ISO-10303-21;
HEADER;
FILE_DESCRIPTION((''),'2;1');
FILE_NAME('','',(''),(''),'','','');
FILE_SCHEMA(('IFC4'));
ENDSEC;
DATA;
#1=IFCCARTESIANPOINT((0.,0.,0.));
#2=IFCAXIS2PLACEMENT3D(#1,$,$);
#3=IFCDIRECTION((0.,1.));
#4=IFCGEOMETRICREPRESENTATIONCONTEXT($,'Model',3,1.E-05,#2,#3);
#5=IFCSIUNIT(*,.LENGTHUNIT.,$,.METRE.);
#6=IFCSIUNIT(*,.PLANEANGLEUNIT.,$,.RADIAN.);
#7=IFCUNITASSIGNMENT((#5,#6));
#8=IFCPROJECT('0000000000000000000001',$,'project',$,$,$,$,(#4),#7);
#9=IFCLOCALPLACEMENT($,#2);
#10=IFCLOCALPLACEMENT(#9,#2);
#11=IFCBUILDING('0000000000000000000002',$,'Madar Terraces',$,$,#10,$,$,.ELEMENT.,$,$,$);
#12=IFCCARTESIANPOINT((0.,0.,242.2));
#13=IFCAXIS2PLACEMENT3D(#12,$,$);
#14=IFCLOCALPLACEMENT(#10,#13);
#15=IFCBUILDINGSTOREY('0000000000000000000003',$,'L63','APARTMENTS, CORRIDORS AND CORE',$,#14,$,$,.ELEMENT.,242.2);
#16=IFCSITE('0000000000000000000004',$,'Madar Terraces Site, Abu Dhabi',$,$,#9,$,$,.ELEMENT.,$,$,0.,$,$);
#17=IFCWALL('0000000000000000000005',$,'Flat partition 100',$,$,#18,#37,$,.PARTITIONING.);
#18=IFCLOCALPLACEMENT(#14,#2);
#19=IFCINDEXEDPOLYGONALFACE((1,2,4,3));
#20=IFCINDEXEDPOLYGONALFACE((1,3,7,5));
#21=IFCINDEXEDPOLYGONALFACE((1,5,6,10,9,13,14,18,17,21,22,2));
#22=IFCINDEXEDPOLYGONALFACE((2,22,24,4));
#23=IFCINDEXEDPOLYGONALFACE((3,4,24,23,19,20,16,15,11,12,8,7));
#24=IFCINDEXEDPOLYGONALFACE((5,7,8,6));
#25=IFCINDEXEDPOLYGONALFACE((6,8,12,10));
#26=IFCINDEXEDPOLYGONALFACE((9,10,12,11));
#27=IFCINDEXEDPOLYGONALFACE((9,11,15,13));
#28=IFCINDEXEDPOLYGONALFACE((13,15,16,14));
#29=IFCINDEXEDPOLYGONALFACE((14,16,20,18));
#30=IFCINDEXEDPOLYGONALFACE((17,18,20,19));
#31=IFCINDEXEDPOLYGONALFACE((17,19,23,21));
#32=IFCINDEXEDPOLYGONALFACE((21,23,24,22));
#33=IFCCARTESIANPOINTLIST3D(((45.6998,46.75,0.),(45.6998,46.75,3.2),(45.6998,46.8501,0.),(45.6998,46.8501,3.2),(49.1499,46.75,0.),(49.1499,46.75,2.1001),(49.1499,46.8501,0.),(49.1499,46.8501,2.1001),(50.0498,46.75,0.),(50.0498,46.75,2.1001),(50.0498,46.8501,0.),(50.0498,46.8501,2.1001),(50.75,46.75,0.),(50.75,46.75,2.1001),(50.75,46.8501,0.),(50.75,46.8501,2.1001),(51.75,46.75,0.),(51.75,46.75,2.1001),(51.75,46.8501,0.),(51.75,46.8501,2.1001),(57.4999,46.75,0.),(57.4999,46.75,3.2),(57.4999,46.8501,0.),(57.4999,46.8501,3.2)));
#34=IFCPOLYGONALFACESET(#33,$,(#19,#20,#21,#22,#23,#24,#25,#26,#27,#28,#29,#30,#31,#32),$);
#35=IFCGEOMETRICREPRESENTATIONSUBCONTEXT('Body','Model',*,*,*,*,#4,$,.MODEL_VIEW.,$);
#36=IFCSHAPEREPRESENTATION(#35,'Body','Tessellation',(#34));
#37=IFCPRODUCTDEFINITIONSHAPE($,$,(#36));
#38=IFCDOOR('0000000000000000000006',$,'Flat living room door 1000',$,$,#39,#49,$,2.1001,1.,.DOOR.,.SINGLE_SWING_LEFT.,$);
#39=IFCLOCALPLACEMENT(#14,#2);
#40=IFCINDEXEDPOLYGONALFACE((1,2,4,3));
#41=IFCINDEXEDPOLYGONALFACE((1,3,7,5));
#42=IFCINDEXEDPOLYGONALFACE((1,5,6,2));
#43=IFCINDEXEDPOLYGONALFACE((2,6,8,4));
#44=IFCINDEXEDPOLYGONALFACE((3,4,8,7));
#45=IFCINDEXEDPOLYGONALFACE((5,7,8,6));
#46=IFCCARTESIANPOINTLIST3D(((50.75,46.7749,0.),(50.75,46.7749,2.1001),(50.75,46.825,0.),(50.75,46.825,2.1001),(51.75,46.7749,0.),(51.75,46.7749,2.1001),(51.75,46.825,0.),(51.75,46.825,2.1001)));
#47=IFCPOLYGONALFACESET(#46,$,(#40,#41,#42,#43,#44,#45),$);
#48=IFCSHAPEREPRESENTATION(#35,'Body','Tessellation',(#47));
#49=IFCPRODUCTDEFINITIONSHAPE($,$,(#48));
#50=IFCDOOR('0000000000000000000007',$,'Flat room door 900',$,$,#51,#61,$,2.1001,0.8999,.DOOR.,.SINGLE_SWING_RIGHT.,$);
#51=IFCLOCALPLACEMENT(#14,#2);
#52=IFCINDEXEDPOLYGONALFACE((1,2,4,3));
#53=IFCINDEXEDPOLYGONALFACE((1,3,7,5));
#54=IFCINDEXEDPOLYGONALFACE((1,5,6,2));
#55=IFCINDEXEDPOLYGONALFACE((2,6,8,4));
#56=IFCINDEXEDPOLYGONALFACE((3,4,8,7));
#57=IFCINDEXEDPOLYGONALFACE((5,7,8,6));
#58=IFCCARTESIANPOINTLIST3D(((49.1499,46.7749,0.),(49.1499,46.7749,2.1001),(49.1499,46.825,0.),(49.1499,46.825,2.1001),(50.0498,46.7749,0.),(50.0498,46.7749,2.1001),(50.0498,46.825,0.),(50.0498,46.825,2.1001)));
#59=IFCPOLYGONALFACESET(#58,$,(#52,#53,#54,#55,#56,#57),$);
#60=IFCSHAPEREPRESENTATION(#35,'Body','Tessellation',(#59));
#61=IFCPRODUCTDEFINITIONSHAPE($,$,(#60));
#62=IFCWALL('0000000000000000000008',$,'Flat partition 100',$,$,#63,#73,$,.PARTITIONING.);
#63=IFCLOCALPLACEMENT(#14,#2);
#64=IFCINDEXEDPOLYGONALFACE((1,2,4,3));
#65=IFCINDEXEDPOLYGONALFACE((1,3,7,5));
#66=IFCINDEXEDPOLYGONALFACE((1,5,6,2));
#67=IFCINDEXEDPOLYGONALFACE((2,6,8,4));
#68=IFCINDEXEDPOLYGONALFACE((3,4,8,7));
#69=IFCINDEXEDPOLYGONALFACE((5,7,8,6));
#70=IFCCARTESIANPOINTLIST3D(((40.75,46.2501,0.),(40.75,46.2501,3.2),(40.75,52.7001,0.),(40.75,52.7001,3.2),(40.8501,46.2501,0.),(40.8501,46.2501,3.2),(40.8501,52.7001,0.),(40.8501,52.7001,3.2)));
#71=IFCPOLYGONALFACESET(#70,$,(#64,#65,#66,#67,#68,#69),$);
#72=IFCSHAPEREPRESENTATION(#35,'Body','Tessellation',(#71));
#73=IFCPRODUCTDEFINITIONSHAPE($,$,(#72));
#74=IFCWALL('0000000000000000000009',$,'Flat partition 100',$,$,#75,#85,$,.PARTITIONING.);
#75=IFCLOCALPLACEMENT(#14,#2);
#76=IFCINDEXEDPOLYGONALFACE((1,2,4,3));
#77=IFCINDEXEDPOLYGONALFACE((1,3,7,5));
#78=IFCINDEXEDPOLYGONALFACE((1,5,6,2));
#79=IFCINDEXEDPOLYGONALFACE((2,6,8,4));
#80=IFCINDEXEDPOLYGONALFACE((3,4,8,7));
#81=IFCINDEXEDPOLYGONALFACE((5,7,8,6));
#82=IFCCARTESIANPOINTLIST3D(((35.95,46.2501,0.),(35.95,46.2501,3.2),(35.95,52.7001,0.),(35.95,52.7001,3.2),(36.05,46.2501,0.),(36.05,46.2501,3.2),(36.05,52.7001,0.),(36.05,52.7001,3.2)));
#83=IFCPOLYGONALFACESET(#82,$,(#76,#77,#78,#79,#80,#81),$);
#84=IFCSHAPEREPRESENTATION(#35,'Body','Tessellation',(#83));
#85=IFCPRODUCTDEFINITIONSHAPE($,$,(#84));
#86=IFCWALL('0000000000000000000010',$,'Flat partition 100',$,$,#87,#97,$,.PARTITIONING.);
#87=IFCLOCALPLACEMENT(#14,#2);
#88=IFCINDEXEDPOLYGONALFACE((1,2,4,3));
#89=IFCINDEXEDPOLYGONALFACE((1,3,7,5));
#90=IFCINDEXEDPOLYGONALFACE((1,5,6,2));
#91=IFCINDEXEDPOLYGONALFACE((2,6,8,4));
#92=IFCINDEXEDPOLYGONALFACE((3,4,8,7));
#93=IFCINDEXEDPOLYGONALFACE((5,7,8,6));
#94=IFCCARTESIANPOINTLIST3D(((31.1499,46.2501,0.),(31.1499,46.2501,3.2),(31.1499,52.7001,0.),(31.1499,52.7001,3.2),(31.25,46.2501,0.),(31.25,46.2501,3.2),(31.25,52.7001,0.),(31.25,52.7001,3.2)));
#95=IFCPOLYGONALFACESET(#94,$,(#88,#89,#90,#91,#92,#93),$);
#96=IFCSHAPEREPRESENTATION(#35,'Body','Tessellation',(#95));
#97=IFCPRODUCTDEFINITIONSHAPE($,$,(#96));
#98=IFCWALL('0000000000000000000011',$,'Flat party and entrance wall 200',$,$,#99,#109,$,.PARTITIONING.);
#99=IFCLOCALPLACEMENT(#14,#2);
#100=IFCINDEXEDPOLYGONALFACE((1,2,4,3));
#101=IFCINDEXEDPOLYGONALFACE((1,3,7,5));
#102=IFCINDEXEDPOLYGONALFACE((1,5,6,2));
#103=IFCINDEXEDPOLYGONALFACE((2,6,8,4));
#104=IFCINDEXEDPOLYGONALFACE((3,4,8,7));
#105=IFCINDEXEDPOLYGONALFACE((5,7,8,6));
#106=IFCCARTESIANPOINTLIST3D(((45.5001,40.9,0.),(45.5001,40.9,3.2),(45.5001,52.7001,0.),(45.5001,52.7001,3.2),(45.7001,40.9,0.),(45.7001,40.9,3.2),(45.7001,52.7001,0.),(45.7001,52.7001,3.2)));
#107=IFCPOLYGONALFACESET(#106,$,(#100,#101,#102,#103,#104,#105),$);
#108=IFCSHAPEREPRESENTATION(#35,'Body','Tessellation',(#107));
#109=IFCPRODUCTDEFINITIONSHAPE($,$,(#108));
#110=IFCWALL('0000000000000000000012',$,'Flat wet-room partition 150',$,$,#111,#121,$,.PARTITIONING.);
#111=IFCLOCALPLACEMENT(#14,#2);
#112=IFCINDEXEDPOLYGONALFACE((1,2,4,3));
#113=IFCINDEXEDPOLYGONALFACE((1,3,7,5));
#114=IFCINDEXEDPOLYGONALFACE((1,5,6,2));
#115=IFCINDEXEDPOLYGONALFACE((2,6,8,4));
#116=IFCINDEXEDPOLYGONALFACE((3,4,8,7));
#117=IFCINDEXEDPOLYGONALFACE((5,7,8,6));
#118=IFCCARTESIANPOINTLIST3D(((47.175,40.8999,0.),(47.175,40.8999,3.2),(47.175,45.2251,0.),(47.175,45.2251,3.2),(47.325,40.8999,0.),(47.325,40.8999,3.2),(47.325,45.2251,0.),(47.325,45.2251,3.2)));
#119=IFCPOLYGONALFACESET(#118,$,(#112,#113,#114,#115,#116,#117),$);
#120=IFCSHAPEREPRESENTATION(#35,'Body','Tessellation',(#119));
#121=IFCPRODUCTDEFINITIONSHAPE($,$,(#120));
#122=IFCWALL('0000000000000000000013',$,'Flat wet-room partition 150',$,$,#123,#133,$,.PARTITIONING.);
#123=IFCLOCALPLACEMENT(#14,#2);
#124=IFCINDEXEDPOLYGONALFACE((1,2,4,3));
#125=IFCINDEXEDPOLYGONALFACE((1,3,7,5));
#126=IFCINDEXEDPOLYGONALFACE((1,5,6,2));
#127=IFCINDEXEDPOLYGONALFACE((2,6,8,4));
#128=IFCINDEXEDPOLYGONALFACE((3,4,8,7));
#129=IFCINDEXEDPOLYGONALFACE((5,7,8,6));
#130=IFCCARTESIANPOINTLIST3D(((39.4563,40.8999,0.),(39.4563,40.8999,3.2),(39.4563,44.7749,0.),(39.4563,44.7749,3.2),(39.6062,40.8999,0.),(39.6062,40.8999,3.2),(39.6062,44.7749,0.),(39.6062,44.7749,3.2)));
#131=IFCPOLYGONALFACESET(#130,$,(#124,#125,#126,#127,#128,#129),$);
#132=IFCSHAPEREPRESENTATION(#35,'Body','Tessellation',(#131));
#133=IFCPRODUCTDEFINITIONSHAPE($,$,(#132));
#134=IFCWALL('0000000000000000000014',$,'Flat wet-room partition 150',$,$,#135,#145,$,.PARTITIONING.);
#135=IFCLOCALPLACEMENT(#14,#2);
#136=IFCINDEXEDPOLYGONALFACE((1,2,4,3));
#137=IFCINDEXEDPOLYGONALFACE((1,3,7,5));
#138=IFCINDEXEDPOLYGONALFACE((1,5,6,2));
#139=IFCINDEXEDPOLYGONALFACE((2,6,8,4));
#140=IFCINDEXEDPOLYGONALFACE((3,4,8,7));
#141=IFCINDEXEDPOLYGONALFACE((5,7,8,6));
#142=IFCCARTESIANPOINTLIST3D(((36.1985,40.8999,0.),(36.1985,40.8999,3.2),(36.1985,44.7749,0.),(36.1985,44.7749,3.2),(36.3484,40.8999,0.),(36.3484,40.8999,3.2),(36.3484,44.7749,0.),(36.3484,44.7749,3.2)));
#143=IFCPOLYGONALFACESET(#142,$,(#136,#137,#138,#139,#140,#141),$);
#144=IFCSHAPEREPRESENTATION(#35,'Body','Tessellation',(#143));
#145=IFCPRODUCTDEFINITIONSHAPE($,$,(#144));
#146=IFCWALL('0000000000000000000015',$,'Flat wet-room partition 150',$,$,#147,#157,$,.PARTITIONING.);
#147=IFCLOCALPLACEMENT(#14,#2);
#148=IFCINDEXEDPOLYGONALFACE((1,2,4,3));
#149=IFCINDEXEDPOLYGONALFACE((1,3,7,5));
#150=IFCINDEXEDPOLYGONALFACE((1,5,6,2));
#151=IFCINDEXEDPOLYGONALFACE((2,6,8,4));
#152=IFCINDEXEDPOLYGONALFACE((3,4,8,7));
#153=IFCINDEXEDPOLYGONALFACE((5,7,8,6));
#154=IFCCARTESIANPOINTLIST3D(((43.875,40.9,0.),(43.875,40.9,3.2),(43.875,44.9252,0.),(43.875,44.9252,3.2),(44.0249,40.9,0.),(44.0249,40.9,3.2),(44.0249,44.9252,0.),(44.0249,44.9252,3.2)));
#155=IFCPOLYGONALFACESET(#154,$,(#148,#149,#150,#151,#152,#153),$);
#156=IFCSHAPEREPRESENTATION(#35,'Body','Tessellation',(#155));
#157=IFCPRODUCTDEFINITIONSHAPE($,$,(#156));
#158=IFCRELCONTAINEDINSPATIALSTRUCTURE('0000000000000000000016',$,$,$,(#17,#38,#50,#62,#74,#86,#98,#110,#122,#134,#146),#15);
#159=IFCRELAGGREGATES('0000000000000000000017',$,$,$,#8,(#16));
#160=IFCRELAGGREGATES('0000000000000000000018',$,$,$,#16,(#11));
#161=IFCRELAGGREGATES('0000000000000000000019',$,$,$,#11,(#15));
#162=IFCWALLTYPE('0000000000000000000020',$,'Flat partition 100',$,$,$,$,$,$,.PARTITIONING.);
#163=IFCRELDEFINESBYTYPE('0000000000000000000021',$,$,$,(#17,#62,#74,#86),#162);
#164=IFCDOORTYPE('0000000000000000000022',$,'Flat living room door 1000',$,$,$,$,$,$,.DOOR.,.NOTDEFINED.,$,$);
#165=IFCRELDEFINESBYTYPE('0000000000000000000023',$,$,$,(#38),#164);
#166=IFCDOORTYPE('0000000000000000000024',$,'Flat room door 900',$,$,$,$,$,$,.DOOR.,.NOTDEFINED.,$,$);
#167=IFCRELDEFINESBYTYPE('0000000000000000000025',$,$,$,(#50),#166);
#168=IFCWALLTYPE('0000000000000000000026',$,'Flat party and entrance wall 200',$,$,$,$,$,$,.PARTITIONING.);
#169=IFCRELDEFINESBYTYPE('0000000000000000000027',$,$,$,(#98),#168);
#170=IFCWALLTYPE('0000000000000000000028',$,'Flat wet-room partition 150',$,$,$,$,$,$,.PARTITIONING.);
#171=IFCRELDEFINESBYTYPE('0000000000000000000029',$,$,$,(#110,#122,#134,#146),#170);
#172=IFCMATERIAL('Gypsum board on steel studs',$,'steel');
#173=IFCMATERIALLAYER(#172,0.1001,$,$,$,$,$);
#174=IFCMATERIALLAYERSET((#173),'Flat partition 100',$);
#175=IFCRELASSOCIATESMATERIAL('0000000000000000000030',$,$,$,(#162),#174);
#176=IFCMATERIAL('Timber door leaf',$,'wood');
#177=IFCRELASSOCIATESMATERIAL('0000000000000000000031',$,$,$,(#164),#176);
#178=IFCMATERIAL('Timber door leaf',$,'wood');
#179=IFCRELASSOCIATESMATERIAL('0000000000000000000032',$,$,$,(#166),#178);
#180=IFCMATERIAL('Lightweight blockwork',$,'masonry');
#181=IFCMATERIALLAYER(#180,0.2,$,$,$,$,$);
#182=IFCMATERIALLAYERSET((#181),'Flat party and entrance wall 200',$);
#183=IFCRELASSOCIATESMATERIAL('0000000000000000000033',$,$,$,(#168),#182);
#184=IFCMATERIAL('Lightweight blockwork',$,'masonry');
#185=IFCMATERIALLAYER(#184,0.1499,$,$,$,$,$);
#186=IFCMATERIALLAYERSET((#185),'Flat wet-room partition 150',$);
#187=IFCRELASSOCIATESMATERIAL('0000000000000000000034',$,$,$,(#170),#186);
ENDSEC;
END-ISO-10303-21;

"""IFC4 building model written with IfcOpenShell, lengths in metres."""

from ifc_helpers import new_model, si_unit, direction, frame, frame_2d, origin, place, context, subcontext, project, spatial, rectangle, extrude, material, layer, layer_set, type_object, element, fill, save


model = new_model("IFC4")

# Units and contexts
model_context = context("Model", 3, precision=1e-05, world=origin(), true_north=direction((0.0, 1.0)))
body_context = subcontext(model_context, "Body", "Model", "MODEL_VIEW")
ifc_project = project(units=[si_unit("LENGTHUNIT", "METRE"), si_unit("PLANEANGLEUNIT", "RADIAN")], contexts=[model_context])

# Site, building, storey
site_placement = place(None, origin())
site = spatial("IfcSite", under=ifc_project, at=site_placement, Name="Madar Terraces Site, Abu Dhabi", CompositionType="ELEMENT", RefElevation=0.0)
building_placement = place(site_placement, origin())
building = spatial("IfcBuilding", under=site, at=building_placement, Name="Madar Terraces", CompositionType="ELEMENT")
storey_placement = place(building_placement, frame((0.0, 0.0, 242.2)))
storey = spatial("IfcBuildingStorey", under=building, at=storey_placement, Name="L63", Description="APARTMENTS, CORRIDORS AND CORE", CompositionType="ELEMENT", Elevation=242.2)

# Wall, openings, doors
ifc_material_1 = material(Name="Gypsum board on steel studs", Category="steel")
ifc_layer_1 = layer(ifc_material_1, 0.1001)
ifc_layer_set_1 = layer_set([ifc_layer_1], Name="Flat partition 100")
wall_type_1 = type_object("IfcWallType", Name="Flat partition 100", PredefinedType="PARTITIONING", material=ifc_layer_set_1)
wall_1_placement = place(storey_placement, frame((45.7, 46.8, 0.0), z_axis=(0.0, 0.0, 1.0), x_axis=(1.0, 0.0, 0.0)))
wall_1 = element("IfcWall", 1, at=wall_1_placement, inside=storey, type_object=wall_type_1, Name="Flat partition 100", PredefinedType="PARTITIONING", context=body_context, shape_type="SweptSolid", body=[
    extrude(rectangle(XDim=11.8, YDim=0.1001, at=frame_2d((5.8999, 0.0))), origin(), (0.0, 0.0, 1.0), 3.2),
])
opening_1_placement = place(wall_1_placement, frame((3.45, 0.0, 0.0)))
opening_1 = element("IfcOpeningElement", 2, at=opening_1_placement, cuts=wall_1, PredefinedType="OPENING", context=body_context, shape_type="SweptSolid", body=[
    extrude(rectangle(XDim=0.8999, YDim=2.1001, at=frame_2d((0.45, 1.05))), frame((0.0, 0.0601, 0.0), z_axis=(0.0, -1.0, 0.0), x_axis=(1.0, 0.0, 0.0)), (0.0, 0.0, 1.0), 0.1201),
])
opening_2_placement = place(wall_1_placement, frame((5.05, 0.0, 0.0)))
opening_2 = element("IfcOpeningElement", 3, at=opening_2_placement, cuts=wall_1, PredefinedType="OPENING", context=body_context, shape_type="SweptSolid", body=[
    extrude(rectangle(XDim=1.0, YDim=2.1001, at=frame_2d((0.5, 1.05))), frame((0.0, 0.0601, 0.0), z_axis=(0.0, -1.0, 0.0), x_axis=(1.0, 0.0, 0.0)), (0.0, 0.0, 1.0), 0.1201),
])
ifc_material_2 = material(Name="Timber door leaf", Category="wood")
door_type_1 = type_object("IfcDoorType", Name="Flat living room door 1000", OperationType="NOTDEFINED", PredefinedType="DOOR", material=ifc_material_2)
door_1_placement = place(opening_2_placement, origin())
door_1 = element("IfcDoor", 4, at=door_1_placement, inside=storey, type_object=door_type_1, Name="Flat living room door 1000", OperationType="SINGLE_SWING_LEFT", OverallHeight=2.1001, OverallWidth=1.0, PredefinedType="DOOR", context=body_context, shape_type="SweptSolid", body=[
    extrude(rectangle(XDim=1.0, YDim=2.1001, at=frame_2d((0.5, 1.05))), frame((0.0, 0.0249, 0.0), z_axis=(0.0, -1.0, 0.0), x_axis=(1.0, 0.0, 0.0)), (0.0, 0.0, 1.0), 0.05),
])
fill(opening_2, door_1)
ifc_material_3 = material(Name="Timber door leaf", Category="wood")
door_type_2 = type_object("IfcDoorType", Name="Flat room door 900", OperationType="NOTDEFINED", PredefinedType="DOOR", material=ifc_material_3)
door_2_placement = place(opening_1_placement, origin())
door_2 = element("IfcDoor", 5, at=door_2_placement, inside=storey, type_object=door_type_2, Name="Flat room door 900", OperationType="SINGLE_SWING_RIGHT", OverallHeight=2.1001, OverallWidth=0.8999, PredefinedType="DOOR", context=body_context, shape_type="SweptSolid", body=[
    extrude(rectangle(XDim=0.8999, YDim=2.1001, at=frame_2d((0.45, 1.05))), frame((0.0, 0.0249, 0.0), z_axis=(0.0, -1.0, 0.0), x_axis=(1.0, 0.0, 0.0)), (0.0, 0.0, 1.0), 0.05),
])
fill(opening_1, door_2)

# Walls
for number, where, z_axis, x_axis, name in (
    (6, (40.8, 46.25, 0.0), (0.0, 0.0, 1.0), (0.0, 1.0, 0.0), "Flat partition 100"),
    (7, (36.0, 46.25, 0.0), (0.0, 0.0, 1.0), (0.0, 1.0, 0.0), "Flat partition 100"),
    (8, (31.2, 46.25, 0.0), (0.0, 0.0, 1.0), (0.0, 1.0, 0.0), "Flat partition 100"),
):
    element("IfcWall", number, at=place(storey_placement, frame(where, z_axis=z_axis, x_axis=x_axis)), inside=storey, type_object=wall_type_1, Name=name, PredefinedType="PARTITIONING", context=body_context, shape_type="SweptSolid", body=[
        extrude(rectangle(XDim=6.45, YDim=0.1001, at=frame_2d((3.2251, 0.0))), origin(), (0.0, 0.0, 1.0), 3.2),
    ])
ifc_material_4 = material(Name="Lightweight blockwork", Category="masonry")
ifc_layer_2 = layer(ifc_material_4, 0.2)
ifc_layer_set_2 = layer_set([ifc_layer_2], Name="Flat party and entrance wall 200")
wall_type_2 = type_object("IfcWallType", Name="Flat party and entrance wall 200", PredefinedType="PARTITIONING", material=ifc_layer_set_2)
wall_2_placement = place(storey_placement, frame((45.6001, 52.7, 0.0), z_axis=(0.0, 0.0, 1.0), x_axis=(0.0, -1.0, 0.0)))
element("IfcWall", 9, at=wall_2_placement, inside=storey, type_object=wall_type_2, Name="Flat party and entrance wall 200", PredefinedType="PARTITIONING", context=body_context, shape_type="SweptSolid", body=[
    extrude(rectangle(XDim=11.8, YDim=0.2, at=frame_2d((5.8999, 0.0))), origin(), (0.0, 0.0, 1.0), 3.2),
])
ifc_material_5 = material(Name="Lightweight blockwork", Category="masonry")
ifc_layer_3 = layer(ifc_material_5, 0.1499)
ifc_layer_set_3 = layer_set([ifc_layer_3], Name="Flat wet-room partition 150")
wall_type_3 = type_object("IfcWallType", Name="Flat wet-room partition 150", PredefinedType="PARTITIONING", material=ifc_layer_set_3)
wall_3_placement = place(storey_placement, frame((47.25, 40.8999, 0.0), z_axis=(0.0, 0.0, 1.0), x_axis=(0.0, 1.0, 0.0)))
element("IfcWall", 10, at=wall_3_placement, inside=storey, type_object=wall_type_3, Name="Flat wet-room partition 150", PredefinedType="PARTITIONING", context=body_context, shape_type="SweptSolid", body=[
    extrude(rectangle(XDim=4.3252, YDim=0.1499, at=frame_2d((2.1626, 0.0))), origin(), (0.0, 0.0, 1.0), 3.2),
])
for number, where, z_axis, x_axis, name in (
    (11, (39.5312, 40.8999, 0.0), (0.0, 0.0, 1.0), (0.0, 1.0, 0.0), "Flat wet-room partition 150"),
    (12, (36.2734, 40.8999, 0.0), (0.0, 0.0, 1.0), (0.0, 1.0, 0.0), "Flat wet-room partition 150"),
):
    element("IfcWall", number, at=place(storey_placement, frame(where, z_axis=z_axis, x_axis=x_axis)), inside=storey, type_object=wall_type_3, Name=name, PredefinedType="PARTITIONING", context=body_context, shape_type="SweptSolid", body=[
        extrude(rectangle(XDim=3.875, YDim=0.1499, at=frame_2d((1.9375, 0.0))), origin(), (0.0, 0.0, 1.0), 3.2),
    ])
wall_4_placement = place(storey_placement, frame((43.95, 40.8999, 0.0), z_axis=(0.0, 0.0, 1.0), x_axis=(0.0, 1.0, 0.0)))
element("IfcWall", 13, at=wall_4_placement, inside=storey, type_object=wall_type_3, Name="Flat wet-room partition 150", PredefinedType="PARTITIONING", context=body_context, shape_type="SweptSolid", body=[
    extrude(rectangle(XDim=4.0251, YDim=0.1499, at=frame_2d((2.0127, 0.0))), origin(), (0.0, 0.0, 1.0), 3.2),
])

save(model, "model.ifc")
